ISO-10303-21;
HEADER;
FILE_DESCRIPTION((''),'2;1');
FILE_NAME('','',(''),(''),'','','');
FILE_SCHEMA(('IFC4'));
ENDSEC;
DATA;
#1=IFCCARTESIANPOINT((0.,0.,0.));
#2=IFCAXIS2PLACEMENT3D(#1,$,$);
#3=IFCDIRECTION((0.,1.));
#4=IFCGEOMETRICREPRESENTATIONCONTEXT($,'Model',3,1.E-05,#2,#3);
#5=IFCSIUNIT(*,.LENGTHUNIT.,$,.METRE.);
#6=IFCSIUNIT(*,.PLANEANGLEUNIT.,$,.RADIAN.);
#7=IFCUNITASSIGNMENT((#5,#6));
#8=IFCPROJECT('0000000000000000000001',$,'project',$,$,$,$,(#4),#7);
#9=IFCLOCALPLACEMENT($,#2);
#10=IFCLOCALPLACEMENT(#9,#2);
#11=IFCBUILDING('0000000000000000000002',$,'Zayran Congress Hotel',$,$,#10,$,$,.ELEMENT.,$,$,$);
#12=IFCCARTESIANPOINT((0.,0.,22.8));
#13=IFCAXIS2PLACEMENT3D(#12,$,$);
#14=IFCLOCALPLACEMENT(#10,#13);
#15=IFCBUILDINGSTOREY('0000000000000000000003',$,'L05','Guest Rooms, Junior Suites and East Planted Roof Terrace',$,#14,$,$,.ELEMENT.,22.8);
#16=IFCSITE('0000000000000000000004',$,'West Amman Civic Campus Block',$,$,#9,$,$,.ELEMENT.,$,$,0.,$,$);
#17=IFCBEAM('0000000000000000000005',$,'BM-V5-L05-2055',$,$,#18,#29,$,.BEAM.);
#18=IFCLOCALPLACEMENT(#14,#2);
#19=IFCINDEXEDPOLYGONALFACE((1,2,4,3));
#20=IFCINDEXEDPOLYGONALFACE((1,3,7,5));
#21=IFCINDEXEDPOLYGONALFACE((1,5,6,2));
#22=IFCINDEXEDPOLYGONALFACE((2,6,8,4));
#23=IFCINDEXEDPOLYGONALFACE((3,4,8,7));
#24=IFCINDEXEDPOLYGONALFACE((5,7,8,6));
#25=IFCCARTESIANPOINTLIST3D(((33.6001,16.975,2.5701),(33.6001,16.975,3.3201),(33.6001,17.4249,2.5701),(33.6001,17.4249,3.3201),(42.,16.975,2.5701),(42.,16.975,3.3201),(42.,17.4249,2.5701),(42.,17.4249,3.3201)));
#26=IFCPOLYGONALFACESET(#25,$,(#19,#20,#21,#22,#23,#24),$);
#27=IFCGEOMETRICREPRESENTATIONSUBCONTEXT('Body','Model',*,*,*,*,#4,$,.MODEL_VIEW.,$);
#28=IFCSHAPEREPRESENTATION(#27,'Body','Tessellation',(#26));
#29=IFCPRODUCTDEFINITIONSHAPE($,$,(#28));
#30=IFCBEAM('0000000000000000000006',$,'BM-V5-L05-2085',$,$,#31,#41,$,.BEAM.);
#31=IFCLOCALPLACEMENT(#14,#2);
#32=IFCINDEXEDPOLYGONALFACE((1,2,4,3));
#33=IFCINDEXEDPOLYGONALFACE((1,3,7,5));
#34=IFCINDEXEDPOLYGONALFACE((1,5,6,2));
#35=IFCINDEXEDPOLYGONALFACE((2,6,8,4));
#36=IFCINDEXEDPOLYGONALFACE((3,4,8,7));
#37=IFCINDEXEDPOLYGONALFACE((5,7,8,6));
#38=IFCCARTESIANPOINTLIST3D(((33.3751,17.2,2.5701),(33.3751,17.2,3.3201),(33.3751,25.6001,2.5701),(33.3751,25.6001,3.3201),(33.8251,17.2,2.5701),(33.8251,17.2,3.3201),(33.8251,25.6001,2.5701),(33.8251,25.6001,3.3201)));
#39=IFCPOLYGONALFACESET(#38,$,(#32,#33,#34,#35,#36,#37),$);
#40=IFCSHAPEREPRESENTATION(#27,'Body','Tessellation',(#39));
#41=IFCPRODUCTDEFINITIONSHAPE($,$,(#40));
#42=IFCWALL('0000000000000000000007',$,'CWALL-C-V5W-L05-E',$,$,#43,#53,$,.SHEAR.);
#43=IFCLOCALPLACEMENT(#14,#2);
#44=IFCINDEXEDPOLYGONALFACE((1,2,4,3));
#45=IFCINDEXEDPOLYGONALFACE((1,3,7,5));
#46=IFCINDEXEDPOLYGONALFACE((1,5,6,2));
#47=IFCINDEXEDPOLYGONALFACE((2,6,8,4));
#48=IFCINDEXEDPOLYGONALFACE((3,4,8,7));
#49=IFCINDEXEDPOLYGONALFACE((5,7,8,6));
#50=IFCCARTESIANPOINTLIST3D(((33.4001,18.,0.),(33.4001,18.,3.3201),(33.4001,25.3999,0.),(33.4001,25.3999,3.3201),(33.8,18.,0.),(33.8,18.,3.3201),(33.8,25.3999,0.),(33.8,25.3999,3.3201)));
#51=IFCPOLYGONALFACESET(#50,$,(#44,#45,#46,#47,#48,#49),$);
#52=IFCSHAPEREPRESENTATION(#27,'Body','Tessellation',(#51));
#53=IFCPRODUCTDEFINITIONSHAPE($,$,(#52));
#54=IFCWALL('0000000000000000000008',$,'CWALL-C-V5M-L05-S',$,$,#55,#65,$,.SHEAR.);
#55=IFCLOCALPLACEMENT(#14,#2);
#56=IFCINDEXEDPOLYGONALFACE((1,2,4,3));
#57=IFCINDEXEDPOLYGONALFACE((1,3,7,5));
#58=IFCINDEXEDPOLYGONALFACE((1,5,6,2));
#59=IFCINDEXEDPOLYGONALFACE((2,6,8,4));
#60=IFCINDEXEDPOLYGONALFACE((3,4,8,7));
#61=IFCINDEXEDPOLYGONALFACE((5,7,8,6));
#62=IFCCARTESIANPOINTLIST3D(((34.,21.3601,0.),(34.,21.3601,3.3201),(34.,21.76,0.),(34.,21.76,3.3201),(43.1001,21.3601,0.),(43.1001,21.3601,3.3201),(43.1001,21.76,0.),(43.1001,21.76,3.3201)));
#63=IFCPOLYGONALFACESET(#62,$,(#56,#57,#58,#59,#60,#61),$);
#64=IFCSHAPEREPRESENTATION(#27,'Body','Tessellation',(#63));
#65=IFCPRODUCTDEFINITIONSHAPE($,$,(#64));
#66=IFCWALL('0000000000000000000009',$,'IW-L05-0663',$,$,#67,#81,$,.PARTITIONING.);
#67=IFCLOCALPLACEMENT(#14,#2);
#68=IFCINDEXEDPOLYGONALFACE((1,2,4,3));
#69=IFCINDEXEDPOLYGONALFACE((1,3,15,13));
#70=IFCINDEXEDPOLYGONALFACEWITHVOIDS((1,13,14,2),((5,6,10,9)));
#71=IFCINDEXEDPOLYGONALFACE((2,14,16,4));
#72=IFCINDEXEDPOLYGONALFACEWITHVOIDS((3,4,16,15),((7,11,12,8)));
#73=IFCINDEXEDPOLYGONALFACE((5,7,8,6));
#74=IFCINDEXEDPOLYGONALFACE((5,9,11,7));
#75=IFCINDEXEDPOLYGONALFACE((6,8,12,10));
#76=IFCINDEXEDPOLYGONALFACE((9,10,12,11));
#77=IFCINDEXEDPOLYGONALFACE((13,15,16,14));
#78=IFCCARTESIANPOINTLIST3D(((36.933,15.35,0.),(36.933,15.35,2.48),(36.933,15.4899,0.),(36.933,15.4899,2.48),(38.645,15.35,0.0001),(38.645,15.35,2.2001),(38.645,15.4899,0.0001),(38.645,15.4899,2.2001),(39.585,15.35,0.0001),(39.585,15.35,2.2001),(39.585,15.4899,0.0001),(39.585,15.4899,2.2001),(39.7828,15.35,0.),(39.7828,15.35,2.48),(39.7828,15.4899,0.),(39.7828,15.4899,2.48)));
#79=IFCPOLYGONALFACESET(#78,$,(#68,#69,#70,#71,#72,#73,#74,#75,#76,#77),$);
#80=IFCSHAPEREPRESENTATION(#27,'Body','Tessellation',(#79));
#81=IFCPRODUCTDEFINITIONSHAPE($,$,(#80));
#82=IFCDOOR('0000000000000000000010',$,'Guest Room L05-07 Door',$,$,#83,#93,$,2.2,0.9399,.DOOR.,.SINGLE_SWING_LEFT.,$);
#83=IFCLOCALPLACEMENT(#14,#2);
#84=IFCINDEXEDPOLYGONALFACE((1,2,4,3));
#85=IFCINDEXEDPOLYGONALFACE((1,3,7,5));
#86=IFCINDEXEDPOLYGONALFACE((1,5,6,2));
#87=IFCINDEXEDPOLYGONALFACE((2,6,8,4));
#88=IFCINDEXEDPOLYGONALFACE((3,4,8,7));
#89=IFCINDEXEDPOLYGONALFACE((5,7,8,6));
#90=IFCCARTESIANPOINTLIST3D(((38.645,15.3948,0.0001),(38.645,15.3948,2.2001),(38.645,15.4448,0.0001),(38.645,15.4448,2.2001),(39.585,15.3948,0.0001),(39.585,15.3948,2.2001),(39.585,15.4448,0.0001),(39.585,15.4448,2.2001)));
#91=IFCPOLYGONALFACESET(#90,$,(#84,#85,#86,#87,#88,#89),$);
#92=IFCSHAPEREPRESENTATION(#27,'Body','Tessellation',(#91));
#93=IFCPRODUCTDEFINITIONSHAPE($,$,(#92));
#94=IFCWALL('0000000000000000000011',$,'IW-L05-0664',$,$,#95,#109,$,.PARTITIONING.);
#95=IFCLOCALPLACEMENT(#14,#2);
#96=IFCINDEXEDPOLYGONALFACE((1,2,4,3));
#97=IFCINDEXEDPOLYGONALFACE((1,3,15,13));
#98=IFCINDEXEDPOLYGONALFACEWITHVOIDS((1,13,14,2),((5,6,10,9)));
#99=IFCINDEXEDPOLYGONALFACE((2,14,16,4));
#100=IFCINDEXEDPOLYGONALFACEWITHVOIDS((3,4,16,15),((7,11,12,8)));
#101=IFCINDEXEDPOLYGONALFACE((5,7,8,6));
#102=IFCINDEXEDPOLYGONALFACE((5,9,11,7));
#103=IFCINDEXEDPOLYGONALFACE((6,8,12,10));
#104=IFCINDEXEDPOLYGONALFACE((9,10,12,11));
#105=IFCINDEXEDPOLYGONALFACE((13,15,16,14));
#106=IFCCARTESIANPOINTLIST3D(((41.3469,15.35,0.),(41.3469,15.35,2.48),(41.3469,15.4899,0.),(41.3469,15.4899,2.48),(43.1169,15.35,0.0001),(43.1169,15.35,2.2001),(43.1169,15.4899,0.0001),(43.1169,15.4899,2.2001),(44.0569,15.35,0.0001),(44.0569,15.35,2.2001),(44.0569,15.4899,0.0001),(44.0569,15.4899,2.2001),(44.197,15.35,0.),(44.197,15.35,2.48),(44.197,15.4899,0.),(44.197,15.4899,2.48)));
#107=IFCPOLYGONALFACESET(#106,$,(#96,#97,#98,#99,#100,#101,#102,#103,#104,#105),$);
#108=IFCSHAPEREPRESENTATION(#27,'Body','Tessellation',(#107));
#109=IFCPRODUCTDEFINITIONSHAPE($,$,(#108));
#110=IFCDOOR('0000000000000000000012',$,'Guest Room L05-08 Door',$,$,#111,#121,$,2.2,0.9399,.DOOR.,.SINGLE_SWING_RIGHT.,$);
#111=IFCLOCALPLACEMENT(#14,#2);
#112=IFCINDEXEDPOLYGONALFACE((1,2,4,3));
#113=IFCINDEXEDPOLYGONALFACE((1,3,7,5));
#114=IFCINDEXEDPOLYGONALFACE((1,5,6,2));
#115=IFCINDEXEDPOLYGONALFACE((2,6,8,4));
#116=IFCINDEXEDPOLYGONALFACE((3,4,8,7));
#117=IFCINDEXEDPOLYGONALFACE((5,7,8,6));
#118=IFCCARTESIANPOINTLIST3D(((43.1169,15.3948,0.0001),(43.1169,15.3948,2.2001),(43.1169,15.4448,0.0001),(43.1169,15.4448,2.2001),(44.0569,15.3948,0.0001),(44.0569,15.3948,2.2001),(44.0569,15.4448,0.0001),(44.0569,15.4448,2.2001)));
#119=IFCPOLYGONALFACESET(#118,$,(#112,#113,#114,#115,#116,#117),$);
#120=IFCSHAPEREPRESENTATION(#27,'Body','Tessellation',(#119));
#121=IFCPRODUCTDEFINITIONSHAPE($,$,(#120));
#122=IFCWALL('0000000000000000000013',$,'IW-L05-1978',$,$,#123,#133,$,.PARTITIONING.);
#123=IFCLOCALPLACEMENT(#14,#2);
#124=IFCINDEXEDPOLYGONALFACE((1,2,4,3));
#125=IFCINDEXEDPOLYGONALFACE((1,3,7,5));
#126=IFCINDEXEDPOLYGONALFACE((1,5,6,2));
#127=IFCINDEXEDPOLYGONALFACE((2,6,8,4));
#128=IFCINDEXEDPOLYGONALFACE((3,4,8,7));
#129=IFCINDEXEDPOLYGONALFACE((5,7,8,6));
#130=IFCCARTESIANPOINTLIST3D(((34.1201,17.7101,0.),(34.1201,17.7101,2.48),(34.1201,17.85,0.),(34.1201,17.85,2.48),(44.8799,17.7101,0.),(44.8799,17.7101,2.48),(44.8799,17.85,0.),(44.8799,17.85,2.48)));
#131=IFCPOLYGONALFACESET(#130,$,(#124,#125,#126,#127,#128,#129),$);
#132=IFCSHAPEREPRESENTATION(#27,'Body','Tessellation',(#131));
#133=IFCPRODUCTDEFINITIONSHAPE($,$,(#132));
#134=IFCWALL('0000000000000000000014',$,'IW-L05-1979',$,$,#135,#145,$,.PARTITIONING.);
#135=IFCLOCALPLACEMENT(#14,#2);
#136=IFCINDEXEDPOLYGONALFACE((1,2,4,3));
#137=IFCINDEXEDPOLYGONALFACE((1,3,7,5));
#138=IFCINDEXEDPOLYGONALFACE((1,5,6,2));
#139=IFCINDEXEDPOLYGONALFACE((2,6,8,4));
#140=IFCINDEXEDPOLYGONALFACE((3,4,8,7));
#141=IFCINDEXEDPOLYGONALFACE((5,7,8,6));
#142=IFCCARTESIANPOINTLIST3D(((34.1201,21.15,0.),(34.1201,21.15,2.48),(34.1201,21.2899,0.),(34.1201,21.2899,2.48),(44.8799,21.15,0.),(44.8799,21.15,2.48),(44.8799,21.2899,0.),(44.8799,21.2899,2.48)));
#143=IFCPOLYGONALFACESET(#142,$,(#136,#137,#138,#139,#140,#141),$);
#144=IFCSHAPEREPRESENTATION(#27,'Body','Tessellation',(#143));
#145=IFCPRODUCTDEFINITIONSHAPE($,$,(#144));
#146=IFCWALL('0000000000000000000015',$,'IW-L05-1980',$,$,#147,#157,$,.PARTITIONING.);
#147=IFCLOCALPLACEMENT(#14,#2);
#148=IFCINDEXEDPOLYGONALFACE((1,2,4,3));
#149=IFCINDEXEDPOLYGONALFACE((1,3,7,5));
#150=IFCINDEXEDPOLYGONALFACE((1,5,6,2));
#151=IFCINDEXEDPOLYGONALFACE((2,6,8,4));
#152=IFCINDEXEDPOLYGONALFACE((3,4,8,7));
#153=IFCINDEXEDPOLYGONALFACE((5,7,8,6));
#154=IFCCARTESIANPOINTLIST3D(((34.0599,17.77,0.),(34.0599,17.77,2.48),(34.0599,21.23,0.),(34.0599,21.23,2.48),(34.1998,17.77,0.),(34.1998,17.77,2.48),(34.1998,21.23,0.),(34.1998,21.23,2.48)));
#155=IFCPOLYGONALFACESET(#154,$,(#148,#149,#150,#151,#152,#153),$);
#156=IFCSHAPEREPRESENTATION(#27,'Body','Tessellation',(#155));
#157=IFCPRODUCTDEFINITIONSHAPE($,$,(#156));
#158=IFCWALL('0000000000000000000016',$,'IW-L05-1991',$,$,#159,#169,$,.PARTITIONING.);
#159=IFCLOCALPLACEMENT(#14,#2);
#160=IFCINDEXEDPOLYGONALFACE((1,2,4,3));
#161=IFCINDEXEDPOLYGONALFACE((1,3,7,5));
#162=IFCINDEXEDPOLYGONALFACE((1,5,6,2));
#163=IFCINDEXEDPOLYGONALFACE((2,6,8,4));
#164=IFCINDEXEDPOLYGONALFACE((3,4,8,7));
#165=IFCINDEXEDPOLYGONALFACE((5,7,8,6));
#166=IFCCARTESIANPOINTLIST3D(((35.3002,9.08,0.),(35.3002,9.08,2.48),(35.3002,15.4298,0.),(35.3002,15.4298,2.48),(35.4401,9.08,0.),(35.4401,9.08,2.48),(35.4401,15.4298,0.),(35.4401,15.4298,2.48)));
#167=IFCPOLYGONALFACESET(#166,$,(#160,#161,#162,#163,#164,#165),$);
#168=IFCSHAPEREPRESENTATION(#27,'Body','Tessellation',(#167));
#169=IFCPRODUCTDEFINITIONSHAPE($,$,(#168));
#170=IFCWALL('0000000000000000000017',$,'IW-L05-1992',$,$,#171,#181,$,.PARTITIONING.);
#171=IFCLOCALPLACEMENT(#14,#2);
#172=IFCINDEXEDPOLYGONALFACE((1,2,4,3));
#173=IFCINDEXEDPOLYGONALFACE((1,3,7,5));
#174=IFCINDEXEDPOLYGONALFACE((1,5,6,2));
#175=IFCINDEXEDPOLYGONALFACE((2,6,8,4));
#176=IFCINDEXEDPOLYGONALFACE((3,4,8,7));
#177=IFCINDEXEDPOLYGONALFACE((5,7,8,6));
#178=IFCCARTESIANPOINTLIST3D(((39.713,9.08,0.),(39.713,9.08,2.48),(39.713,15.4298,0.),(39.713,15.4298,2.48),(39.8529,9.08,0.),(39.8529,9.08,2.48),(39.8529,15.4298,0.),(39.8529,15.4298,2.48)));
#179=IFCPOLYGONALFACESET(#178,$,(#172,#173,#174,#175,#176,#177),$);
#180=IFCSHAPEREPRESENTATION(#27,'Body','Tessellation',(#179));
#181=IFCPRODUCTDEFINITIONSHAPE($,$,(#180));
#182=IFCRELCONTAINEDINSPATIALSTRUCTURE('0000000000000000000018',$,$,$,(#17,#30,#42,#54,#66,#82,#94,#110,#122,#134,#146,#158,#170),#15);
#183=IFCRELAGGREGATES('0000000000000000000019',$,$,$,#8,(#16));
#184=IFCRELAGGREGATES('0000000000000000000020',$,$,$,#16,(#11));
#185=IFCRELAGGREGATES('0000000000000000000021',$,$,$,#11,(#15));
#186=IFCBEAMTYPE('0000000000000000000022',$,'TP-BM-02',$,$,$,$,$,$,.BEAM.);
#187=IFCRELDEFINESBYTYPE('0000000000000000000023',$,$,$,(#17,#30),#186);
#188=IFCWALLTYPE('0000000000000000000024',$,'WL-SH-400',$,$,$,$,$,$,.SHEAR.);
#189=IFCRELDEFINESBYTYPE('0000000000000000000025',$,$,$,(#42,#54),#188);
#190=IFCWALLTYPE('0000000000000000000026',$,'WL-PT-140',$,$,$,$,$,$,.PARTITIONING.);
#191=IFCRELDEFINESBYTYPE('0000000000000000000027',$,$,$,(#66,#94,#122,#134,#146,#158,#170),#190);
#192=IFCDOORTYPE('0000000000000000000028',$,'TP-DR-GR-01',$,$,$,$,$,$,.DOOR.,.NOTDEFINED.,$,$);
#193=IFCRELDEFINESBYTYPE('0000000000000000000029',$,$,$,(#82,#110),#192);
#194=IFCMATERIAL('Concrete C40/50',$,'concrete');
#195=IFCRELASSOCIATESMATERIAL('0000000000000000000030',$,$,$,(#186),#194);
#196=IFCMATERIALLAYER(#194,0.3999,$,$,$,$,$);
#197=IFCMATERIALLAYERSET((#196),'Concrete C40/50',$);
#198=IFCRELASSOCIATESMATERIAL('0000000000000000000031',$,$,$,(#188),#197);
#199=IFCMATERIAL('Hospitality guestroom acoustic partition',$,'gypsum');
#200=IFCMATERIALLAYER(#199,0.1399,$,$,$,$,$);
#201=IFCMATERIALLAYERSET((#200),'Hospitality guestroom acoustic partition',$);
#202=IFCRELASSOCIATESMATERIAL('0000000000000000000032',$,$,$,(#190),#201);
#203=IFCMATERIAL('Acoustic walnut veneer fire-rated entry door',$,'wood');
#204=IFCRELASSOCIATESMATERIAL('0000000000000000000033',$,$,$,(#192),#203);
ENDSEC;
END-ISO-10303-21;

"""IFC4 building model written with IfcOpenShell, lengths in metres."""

from ifc_helpers import new_model, si_unit, direction, frame, frame_2d, origin, origin_2d, place, context, subcontext, project, spatial, rectangle, extrude, material, layer, layer_set, material_profile, profile_set, type_object, element, fill, save


model = new_model("IFC4")

# Units and contexts
model_context = context("Model", 3, precision=1e-05, world=origin(), true_north=direction((0.0, 1.0)))
body_context = subcontext(model_context, "Body", "Model", "MODEL_VIEW")
ifc_project = project(units=[si_unit("LENGTHUNIT", "METRE"), si_unit("PLANEANGLEUNIT", "RADIAN")], contexts=[model_context])

# Site, building, storey
site_placement = place(None, origin())
site = spatial("IfcSite", under=ifc_project, at=site_placement, Name="West Amman Civic Campus Block", CompositionType="ELEMENT", RefElevation=0.0)
building_placement = place(site_placement, origin())
building = spatial("IfcBuilding", under=site, at=building_placement, Name="Zayran Congress Hotel", CompositionType="ELEMENT")
storey_placement = place(building_placement, frame((0.0, 0.0, 22.8)))
storey = spatial("IfcBuildingStorey", under=building, at=storey_placement, Name="L05", Description="Guest Rooms, Junior Suites and East Planted Roof Terrace", CompositionType="ELEMENT", Elevation=22.8)

# Beams
ifc_material_1 = material(Name="Concrete C40/50", Category="concrete")
ifc_material_profile = material_profile(ifc_material_1, rectangle(XDim=0.45, YDim=0.75, at=origin_2d()), Name="RC 450x750")
ifc_profile_set = profile_set([ifc_material_profile], Name="Concrete C40/50")
beam_type = type_object("IfcBeamType", Name="TP-BM-02", PredefinedType="BEAM", material=ifc_profile_set)
beam_1_placement = place(storey_placement, frame((33.6001, 17.2, 2.9451), z_axis=(1.0, 0.0, 0.0), x_axis=(0.0, 1.0, 0.0)))
element("IfcBeam", 1, at=beam_1_placement, inside=storey, type_object=beam_type, Name="BM-V5-L05-2055", PredefinedType="BEAM", context=body_context, shape_type="SweptSolid", body=[
    extrude(rectangle(XDim=0.45, YDim=0.75, at=origin_2d()), origin(), (0.0, 0.0, 1.0), 8.3999),
])
beam_2_placement = place(storey_placement, frame((33.6001, 17.2, 2.9451), z_axis=(0.0, 1.0, 0.0), x_axis=(-1.0, 0.0, 0.0)))
element("IfcBeam", 2, at=beam_2_placement, inside=storey, type_object=beam_type, Name="BM-V5-L05-2085", PredefinedType="BEAM", context=body_context, shape_type="SweptSolid", body=[
    extrude(rectangle(XDim=0.45, YDim=0.75, at=origin_2d()), origin(), (0.0, 0.0, 1.0), 8.4001),
])

# Walls
ifc_layer_1 = layer(ifc_material_1, 0.3999)
ifc_layer_set_1 = layer_set([ifc_layer_1], Name="Concrete C40/50")
wall_type_1 = type_object("IfcWallType", Name="WL-SH-400", PredefinedType="SHEAR", material=ifc_layer_set_1)
wall_1_placement = place(storey_placement, frame((33.6001, 18.0, 0.0), z_axis=(0.0, 0.0, 1.0), x_axis=(0.0, 1.0, 0.0)))
element("IfcWall", 3, at=wall_1_placement, inside=storey, type_object=wall_type_1, Name="CWALL-C-V5W-L05-E", PredefinedType="SHEAR", context=body_context, shape_type="SweptSolid", body=[
    extrude(rectangle(XDim=7.3999, YDim=0.3999, at=frame_2d((3.7, 0.0))), origin(), (0.0, 0.0, 1.0), 3.3201),
])
wall_2_placement = place(storey_placement, frame((34.0, 21.5601, 0.0), z_axis=(0.0, 0.0, 1.0), x_axis=(1.0, 0.0, 0.0)))
element("IfcWall", 4, at=wall_2_placement, inside=storey, type_object=wall_type_1, Name="CWALL-C-V5M-L05-S", PredefinedType="SHEAR", context=body_context, shape_type="SweptSolid", body=[
    extrude(rectangle(XDim=9.1001, YDim=0.3999, at=frame_2d((4.55, 0.0))), origin(), (0.0, 0.0, 1.0), 3.3201),
])

# Walls, openings, doors
ifc_material_2 = material(Name="Hospitality guestroom acoustic partition", Category="gypsum")
ifc_layer_2 = layer(ifc_material_2, 0.1399)
ifc_layer_set_2 = layer_set([ifc_layer_2], Name="Hospitality guestroom acoustic partition")
wall_type_2 = type_object("IfcWallType", Name="WL-PT-140", PredefinedType="PARTITIONING", material=ifc_layer_set_2)
wall_3_placement = place(storey_placement, frame((36.9331, 15.4199, 0.0), z_axis=(0.0, 0.0, 1.0), x_axis=(1.0, 0.0, 0.0)))
wall_3 = element("IfcWall", 5, at=wall_3_placement, inside=storey, type_object=wall_type_2, Name="IW-L05-0663", PredefinedType="PARTITIONING", context=body_context, shape_type="SweptSolid", body=[
    extrude(rectangle(XDim=2.8499, YDim=0.1399, at=frame_2d((1.4248, 0.0))), origin(), (0.0, 0.0, 1.0), 2.48),
])
opening_1_placement = place(wall_3_placement, frame((1.7119, 0.0, 0.0)))
opening_1 = element("IfcOpeningElement", 6, at=opening_1_placement, cuts=wall_3, PredefinedType="OPENING", context=body_context, shape_type="SweptSolid", body=[
    extrude(rectangle(XDim=0.9399, YDim=2.2, at=frame_2d((0.47, 1.1001))), frame((0.0, 0.0798, 0.0), z_axis=(0.0, -1.0, 0.0), x_axis=(1.0, 0.0, 0.0)), (0.0, 0.0, 1.0), 0.1599),
])
ifc_material_3 = material(Name="Acoustic walnut veneer fire-rated entry door", Category="wood")
door_type_1 = type_object("IfcDoorType", Name="TP-DR-GR-01", OperationType="NOTDEFINED", PredefinedType="DOOR", material=ifc_material_3)
door_1_placement = place(opening_1_placement, origin())
door_1 = element("IfcDoor", 7, at=door_1_placement, inside=storey, type_object=door_type_1, Name="Guest Room L05-07 Door", OperationType="SINGLE_SWING_LEFT", OverallHeight=2.2, OverallWidth=0.9399, PredefinedType="DOOR", context=body_context, shape_type="SweptSolid", body=[
    extrude(rectangle(XDim=0.9399, YDim=2.2, at=frame_2d((0.47, 1.1001))), frame((0.0, 0.0249, 0.0), z_axis=(0.0, -1.0, 0.0), x_axis=(1.0, 0.0, 0.0)), (0.0, 0.0, 1.0), 0.05),
])
fill(opening_1, door_1)
wall_4_placement = place(storey_placement, frame((41.3469, 15.4199, 0.0), z_axis=(0.0, 0.0, 1.0), x_axis=(1.0, 0.0, 0.0)))
wall_4 = element("IfcWall", 8, at=wall_4_placement, inside=storey, type_object=wall_type_2, Name="IW-L05-0664", PredefinedType="PARTITIONING", context=body_context, shape_type="SweptSolid", body=[
    extrude(rectangle(XDim=2.8501, YDim=0.1399, at=frame_2d((1.425, 0.0))), origin(), (0.0, 0.0, 1.0), 2.48),
])
opening_2_placement = place(wall_4_placement, frame((1.77, 0.0, 0.0)))
opening_2 = element("IfcOpeningElement", 9, at=opening_2_placement, cuts=wall_4, PredefinedType="OPENING", context=body_context, shape_type="SweptSolid", body=[
    extrude(rectangle(XDim=0.9399, YDim=2.2, at=frame_2d((0.47, 1.1001))), frame((0.0, 0.0798, 0.0), z_axis=(0.0, -1.0, 0.0), x_axis=(1.0, 0.0, 0.0)), (0.0, 0.0, 1.0), 0.1599),
])
door_2_placement = place(opening_2_placement, origin())
door_2 = element("IfcDoor", 10, at=door_2_placement, inside=storey, type_object=door_type_1, Name="Guest Room L05-08 Door", OperationType="SINGLE_SWING_RIGHT", OverallHeight=2.2, OverallWidth=0.9399, PredefinedType="DOOR", context=body_context, shape_type="SweptSolid", body=[
    extrude(rectangle(XDim=0.9399, YDim=2.2, at=frame_2d((0.47, 1.1001))), frame((0.0, 0.0249, 0.0), z_axis=(0.0, -1.0, 0.0), x_axis=(1.0, 0.0, 0.0)), (0.0, 0.0, 1.0), 0.05),
])
fill(opening_2, door_2)

# Walls
for number, where, z_axis, x_axis, name in (
    (11, (34.1201, 17.78, 0.0), (0.0, 0.0, 1.0), (1.0, 0.0, 0.0), "IW-L05-1978"),
    (12, (34.1201, 21.22, 0.0), (0.0, 0.0, 1.0), (1.0, 0.0, 0.0), "IW-L05-1979"),
):
    element("IfcWall", number, at=place(storey_placement, frame(where, z_axis=z_axis, x_axis=x_axis)), inside=storey, type_object=wall_type_2, Name=name, PredefinedType="PARTITIONING", context=body_context, shape_type="SweptSolid", body=[
        extrude(rectangle(XDim=10.7598, YDim=0.1399, at=frame_2d((5.3799, 0.0))), origin(), (0.0, 0.0, 1.0), 2.48),
    ])
wall_5_placement = place(storey_placement, frame((34.1299, 17.77, 0.0), z_axis=(0.0, 0.0, 1.0), x_axis=(0.0, 1.0, 0.0)))
element("IfcWall", 13, at=wall_5_placement, inside=storey, type_object=wall_type_2, Name="IW-L05-1980", PredefinedType="PARTITIONING", context=body_context, shape_type="SweptSolid", body=[
    extrude(rectangle(XDim=3.46, YDim=0.1399, at=frame_2d((1.73, 0.0))), origin(), (0.0, 0.0, 1.0), 2.48),
])
for number, where, z_axis, x_axis, name in (
    (14, (35.3701, 9.0801, 0.0), (0.0, 0.0, 1.0), (0.0, 1.0, 0.0), "IW-L05-1991"),
    (15, (39.783, 9.0801, 0.0), (0.0, 0.0, 1.0), (0.0, 1.0, 0.0), "IW-L05-1992"),
):
    element("IfcWall", number, at=place(storey_placement, frame(where, z_axis=z_axis, x_axis=x_axis)), inside=storey, type_object=wall_type_2, Name=name, PredefinedType="PARTITIONING", context=body_context, shape_type="SweptSolid", body=[
        extrude(rectangle(XDim=6.3499, YDim=0.1399, at=frame_2d((3.1748, 0.0))), origin(), (0.0, 0.0, 1.0), 2.48),
    ])

save(model, "model.ifc")
